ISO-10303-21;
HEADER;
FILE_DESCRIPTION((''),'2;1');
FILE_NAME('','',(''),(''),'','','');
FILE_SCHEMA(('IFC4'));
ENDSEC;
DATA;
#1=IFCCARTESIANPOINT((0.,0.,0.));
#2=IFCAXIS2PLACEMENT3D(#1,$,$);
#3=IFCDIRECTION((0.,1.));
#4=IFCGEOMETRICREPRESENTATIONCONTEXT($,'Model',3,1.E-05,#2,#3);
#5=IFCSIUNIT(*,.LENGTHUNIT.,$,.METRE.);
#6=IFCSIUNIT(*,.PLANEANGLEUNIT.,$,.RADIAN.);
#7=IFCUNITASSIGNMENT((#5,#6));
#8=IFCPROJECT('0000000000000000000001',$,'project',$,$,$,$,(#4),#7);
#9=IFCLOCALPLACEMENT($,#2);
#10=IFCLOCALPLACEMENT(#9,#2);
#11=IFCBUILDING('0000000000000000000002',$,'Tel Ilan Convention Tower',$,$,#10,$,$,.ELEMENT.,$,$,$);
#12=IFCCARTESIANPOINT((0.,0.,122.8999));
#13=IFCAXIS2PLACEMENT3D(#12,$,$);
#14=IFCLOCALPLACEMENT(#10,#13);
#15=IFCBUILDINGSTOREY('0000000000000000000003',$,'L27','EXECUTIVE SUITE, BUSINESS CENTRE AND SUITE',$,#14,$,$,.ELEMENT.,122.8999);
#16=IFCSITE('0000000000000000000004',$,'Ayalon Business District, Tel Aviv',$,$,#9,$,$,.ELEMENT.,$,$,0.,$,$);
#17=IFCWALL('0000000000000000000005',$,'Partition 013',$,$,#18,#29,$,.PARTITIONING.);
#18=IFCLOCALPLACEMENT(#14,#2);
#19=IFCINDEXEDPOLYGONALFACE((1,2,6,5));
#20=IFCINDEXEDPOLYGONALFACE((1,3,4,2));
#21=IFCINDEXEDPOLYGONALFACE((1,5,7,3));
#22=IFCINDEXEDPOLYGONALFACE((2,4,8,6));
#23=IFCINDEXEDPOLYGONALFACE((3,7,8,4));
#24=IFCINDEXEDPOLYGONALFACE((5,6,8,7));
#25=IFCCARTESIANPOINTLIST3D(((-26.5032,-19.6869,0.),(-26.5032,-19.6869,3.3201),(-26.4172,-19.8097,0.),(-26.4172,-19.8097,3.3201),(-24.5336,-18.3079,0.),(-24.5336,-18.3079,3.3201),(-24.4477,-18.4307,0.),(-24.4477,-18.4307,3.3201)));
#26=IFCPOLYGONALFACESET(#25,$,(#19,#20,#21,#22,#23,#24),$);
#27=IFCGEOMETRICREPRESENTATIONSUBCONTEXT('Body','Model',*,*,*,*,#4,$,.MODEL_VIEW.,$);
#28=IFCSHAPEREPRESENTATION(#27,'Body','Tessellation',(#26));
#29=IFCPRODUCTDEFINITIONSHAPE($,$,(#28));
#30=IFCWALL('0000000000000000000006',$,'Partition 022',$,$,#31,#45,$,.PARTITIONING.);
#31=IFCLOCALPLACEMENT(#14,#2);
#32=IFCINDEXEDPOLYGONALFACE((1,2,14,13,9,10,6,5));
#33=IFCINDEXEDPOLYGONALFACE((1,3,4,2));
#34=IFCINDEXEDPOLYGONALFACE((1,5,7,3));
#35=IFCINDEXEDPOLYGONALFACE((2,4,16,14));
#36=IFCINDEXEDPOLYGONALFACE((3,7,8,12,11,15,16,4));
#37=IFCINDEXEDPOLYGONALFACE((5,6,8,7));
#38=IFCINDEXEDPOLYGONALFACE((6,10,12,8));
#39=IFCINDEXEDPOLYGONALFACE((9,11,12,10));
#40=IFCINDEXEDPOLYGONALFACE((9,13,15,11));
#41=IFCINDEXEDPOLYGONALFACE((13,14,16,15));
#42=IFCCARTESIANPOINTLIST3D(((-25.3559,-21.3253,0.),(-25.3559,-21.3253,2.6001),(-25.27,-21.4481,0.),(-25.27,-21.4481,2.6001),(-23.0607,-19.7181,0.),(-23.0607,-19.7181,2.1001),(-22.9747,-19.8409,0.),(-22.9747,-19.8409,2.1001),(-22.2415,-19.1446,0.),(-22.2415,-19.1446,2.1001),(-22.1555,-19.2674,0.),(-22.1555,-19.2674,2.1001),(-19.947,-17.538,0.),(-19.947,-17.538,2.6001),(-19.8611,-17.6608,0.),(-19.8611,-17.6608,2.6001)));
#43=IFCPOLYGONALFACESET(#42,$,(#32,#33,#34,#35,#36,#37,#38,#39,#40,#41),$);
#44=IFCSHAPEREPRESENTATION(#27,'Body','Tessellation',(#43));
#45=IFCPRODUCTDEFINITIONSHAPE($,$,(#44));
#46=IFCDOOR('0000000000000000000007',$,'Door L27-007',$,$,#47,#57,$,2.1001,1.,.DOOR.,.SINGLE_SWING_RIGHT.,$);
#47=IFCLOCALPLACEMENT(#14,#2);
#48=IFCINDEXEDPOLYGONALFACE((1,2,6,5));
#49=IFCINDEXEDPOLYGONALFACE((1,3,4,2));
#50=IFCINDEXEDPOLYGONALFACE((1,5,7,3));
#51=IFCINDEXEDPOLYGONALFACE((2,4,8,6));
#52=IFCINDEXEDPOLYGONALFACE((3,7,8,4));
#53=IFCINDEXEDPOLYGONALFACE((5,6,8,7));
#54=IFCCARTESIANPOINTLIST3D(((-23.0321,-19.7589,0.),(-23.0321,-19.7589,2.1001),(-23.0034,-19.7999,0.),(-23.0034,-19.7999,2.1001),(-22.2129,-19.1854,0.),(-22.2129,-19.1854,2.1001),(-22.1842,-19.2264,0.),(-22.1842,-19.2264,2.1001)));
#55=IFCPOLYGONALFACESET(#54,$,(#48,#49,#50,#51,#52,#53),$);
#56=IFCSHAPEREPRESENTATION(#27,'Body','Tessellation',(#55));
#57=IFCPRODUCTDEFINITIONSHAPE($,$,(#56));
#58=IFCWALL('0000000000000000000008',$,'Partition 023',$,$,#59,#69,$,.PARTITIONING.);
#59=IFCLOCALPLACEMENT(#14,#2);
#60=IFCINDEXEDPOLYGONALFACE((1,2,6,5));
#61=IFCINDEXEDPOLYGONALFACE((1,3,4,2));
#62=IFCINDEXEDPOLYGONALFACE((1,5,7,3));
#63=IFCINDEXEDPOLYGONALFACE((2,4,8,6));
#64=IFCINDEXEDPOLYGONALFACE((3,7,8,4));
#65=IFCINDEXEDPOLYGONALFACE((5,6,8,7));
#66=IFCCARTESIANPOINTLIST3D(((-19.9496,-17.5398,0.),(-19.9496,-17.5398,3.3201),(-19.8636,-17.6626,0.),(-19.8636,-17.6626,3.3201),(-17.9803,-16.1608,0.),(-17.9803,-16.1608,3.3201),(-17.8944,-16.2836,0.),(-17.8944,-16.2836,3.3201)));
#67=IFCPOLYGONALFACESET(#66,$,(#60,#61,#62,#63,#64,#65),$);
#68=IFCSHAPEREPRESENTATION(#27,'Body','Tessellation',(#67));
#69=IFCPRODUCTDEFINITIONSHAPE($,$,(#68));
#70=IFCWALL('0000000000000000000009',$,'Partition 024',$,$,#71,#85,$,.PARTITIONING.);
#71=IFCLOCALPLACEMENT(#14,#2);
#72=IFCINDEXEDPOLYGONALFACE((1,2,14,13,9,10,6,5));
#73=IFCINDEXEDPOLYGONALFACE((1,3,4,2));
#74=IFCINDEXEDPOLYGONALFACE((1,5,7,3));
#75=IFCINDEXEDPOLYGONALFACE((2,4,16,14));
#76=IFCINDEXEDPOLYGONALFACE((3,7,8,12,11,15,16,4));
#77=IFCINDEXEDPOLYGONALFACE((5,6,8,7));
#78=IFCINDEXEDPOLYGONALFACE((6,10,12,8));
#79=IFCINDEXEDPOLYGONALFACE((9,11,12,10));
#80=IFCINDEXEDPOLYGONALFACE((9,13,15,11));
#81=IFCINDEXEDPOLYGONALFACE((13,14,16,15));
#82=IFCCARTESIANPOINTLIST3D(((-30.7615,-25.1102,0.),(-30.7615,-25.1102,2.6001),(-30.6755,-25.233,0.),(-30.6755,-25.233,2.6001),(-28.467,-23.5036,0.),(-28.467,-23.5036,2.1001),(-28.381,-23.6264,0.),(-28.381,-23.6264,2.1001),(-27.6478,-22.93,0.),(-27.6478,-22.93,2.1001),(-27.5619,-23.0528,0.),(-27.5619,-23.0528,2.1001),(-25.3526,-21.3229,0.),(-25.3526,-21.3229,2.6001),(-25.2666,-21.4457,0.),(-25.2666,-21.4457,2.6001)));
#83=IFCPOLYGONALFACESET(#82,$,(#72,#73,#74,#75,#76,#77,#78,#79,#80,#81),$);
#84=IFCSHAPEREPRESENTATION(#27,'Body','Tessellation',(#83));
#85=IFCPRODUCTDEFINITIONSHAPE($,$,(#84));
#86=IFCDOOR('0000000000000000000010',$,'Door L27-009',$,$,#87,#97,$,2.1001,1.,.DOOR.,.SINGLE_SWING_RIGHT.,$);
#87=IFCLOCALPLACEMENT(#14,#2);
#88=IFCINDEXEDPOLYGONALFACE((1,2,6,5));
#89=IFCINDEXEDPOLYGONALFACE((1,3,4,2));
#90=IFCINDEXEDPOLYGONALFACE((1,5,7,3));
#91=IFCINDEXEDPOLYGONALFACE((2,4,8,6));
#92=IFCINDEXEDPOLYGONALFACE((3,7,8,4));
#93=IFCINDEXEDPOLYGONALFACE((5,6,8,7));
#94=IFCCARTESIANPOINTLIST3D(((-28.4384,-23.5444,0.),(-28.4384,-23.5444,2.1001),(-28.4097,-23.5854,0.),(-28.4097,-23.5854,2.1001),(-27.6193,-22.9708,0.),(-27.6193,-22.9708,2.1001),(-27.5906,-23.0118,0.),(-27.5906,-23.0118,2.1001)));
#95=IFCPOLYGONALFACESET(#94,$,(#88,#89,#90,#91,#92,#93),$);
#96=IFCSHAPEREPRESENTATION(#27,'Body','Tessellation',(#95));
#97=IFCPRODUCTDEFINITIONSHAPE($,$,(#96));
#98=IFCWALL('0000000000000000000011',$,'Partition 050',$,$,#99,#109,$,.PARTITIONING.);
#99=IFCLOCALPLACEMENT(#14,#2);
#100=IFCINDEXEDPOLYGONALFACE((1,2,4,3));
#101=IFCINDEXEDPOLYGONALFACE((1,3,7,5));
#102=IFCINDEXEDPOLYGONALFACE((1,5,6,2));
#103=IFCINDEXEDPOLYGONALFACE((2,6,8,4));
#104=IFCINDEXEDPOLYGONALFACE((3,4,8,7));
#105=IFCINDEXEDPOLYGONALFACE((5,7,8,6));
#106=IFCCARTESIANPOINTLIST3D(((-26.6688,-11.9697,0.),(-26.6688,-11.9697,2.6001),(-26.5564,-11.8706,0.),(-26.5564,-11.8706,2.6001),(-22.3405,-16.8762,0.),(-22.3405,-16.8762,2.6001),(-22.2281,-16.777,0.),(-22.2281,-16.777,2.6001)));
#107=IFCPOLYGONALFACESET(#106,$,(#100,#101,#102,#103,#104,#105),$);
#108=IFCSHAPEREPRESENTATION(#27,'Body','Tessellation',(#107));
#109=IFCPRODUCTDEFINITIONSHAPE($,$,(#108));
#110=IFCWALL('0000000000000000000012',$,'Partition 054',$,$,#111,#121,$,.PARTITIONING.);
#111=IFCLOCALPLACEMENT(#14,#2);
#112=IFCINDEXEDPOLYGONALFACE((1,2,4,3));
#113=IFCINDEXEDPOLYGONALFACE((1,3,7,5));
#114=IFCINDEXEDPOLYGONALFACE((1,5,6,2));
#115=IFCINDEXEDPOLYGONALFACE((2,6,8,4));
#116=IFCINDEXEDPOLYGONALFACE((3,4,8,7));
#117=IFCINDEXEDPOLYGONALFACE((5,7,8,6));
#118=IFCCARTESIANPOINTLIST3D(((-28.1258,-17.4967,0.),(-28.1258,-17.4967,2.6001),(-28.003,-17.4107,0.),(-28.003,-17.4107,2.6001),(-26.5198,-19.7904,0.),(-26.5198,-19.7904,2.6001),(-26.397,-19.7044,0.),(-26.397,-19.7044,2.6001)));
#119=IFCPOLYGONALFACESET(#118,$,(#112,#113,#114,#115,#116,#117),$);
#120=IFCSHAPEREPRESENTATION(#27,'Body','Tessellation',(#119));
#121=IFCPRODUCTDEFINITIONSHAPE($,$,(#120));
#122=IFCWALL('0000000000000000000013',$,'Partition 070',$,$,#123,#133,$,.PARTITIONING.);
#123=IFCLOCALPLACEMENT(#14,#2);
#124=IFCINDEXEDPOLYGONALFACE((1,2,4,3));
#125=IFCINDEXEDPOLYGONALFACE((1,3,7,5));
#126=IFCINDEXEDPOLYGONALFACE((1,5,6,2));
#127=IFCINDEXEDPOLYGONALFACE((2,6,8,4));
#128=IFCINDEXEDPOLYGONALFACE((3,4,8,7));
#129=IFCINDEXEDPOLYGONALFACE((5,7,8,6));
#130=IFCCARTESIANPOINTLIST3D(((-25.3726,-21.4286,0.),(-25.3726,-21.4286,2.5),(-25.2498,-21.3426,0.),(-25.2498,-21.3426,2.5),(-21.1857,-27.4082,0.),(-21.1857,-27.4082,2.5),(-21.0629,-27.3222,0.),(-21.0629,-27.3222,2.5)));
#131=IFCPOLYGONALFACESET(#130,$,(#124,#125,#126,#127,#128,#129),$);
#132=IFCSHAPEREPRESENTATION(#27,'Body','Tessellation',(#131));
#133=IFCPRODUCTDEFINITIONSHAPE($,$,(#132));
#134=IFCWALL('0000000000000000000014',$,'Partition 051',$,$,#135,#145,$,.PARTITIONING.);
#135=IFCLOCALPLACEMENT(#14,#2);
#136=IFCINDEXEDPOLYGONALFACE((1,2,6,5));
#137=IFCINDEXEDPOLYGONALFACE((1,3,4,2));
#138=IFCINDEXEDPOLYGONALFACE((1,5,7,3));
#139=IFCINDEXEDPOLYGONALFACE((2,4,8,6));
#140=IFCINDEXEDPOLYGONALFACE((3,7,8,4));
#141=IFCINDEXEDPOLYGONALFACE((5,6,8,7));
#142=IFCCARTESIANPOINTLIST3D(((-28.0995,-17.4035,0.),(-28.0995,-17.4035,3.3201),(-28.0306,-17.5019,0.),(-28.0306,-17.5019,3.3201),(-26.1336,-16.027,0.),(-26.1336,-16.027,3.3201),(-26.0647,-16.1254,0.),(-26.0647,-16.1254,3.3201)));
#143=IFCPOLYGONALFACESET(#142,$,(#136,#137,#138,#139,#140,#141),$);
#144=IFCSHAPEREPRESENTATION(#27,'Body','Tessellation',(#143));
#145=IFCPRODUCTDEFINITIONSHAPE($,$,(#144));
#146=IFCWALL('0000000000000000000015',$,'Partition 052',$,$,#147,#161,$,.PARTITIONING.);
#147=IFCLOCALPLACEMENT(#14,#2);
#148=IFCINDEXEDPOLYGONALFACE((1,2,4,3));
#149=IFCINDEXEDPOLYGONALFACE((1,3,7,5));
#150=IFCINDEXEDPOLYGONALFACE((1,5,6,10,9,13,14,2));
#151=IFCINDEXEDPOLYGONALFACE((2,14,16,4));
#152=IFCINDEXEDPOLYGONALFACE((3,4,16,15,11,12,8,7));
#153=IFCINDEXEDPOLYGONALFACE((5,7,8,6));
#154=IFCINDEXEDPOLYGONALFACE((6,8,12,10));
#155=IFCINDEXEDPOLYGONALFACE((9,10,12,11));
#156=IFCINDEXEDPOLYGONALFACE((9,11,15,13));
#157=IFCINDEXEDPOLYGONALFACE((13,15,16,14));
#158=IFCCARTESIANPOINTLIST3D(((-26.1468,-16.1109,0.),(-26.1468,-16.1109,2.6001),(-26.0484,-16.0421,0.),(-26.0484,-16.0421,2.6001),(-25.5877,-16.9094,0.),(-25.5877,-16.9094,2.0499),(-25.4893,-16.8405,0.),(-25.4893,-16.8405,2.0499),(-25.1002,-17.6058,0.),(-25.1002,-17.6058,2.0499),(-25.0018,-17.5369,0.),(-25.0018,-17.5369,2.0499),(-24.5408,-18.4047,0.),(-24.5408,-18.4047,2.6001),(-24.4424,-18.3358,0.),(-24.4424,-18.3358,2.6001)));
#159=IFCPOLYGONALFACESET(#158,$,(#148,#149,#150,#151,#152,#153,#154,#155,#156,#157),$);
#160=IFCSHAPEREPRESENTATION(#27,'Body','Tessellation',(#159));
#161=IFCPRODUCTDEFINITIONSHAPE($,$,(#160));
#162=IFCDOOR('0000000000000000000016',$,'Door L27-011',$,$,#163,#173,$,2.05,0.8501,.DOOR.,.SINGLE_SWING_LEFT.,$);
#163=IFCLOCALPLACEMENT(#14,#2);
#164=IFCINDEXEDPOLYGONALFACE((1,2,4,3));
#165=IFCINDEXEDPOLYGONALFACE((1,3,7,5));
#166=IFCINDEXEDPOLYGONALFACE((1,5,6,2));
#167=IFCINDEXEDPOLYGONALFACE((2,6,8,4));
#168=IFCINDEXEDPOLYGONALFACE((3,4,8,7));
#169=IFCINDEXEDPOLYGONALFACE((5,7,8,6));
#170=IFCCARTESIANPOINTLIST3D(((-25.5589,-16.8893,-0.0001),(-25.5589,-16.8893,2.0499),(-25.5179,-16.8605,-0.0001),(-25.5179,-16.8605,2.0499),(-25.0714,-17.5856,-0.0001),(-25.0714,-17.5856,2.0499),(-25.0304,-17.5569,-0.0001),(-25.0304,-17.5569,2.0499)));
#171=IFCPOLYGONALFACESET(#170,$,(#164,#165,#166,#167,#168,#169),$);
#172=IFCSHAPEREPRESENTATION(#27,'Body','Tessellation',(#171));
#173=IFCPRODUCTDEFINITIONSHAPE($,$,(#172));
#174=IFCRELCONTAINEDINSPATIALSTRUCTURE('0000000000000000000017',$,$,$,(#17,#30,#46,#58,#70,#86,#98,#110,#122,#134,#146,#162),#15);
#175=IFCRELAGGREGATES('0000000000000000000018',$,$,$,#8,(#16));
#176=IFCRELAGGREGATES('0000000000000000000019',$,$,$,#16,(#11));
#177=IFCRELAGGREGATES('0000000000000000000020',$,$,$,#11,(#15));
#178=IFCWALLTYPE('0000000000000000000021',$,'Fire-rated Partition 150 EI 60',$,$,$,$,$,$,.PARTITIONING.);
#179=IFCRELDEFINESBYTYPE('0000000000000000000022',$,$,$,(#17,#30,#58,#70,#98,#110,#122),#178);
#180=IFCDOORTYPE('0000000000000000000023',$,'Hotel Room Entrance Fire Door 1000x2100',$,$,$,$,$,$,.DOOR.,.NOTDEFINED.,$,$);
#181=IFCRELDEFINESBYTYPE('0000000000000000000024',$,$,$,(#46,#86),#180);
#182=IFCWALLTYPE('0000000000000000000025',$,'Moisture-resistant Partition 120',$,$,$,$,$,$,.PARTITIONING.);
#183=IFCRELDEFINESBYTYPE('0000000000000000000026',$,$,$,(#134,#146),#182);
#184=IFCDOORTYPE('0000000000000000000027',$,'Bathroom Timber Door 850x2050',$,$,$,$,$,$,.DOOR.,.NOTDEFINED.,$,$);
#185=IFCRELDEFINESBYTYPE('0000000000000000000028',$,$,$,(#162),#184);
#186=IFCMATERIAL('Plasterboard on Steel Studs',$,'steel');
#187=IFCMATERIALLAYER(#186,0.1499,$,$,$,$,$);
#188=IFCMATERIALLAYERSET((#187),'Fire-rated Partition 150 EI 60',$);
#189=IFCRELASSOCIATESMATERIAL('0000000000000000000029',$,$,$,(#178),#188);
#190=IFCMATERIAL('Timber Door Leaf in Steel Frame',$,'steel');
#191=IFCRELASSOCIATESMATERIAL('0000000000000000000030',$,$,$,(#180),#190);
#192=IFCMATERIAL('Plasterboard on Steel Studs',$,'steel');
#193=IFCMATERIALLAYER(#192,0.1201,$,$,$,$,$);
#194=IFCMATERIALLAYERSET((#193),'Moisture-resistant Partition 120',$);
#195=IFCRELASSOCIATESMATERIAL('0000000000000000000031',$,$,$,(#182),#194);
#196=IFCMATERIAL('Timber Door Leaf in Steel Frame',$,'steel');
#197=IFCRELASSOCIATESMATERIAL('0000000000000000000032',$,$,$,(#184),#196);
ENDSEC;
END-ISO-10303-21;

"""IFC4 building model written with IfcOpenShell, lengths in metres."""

from ifc_helpers import new_model, si_unit, direction, frame, frame_2d, origin, place, context, subcontext, project, spatial, rectangle, extrude, material, layer, layer_set, type_object, element, fill, save


model = new_model("IFC4")

# Units and contexts
model_context = context("Model", 3, precision=1e-05, world=origin(), true_north=direction((0.0, 1.0)))
body_context = subcontext(model_context, "Body", "Model", "MODEL_VIEW")
ifc_project = project(units=[si_unit("LENGTHUNIT", "METRE"), si_unit("PLANEANGLEUNIT", "RADIAN")], contexts=[model_context])

# Site, building, storey
site_placement = place(None, origin())
site = spatial("IfcSite", under=ifc_project, at=site_placement, Name="Ayalon Business District, Tel Aviv", CompositionType="ELEMENT", RefElevation=0.0)
building_placement = place(site_placement, origin())
building = spatial("IfcBuilding", under=site, at=building_placement, Name="Tel Ilan Convention Tower", CompositionType="ELEMENT")
storey_placement = place(building_placement, frame((0.0, 0.0, 122.8999)))
storey = spatial("IfcBuildingStorey", under=building, at=storey_placement, Name="L27", Description="EXECUTIVE SUITE, BUSINESS CENTRE AND SUITE", CompositionType="ELEMENT", Elevation=122.8999)

# Shared definitions
ifc_material_1 = material(Name="Plasterboard on Steel Studs", Category="steel")
ifc_layer_1 = layer(ifc_material_1, 0.1499)
ifc_layer_set_1 = layer_set([ifc_layer_1], Name="Fire-rated Partition 150 EI 60")
wall_type_1 = type_object("IfcWallType", Name="Fire-rated Partition 150 EI 60", PredefinedType="PARTITIONING", material=ifc_layer_set_1)
ifc_material_2 = material(Name="Timber Door Leaf in Steel Frame", Category="steel")
door_type_1 = type_object("IfcDoorType", Name="Hotel Room Entrance Fire Door 1000x2100", OperationType="NOTDEFINED", PredefinedType="DOOR", material=ifc_material_2)

# Wall
wall_1_placement = place(storey_placement, frame((-26.4602, -19.7483, 0.0), z_axis=(0.0, 0.0, 1.0), x_axis=(0.819179, 0.573537, 0.0)))
element("IfcWall", 1, at=wall_1_placement, inside=storey, type_object=wall_type_1, Name="Partition 013", PredefinedType="PARTITIONING", context=body_context, shape_type="SweptSolid", body=[
    extrude(rectangle(XDim=2.4043, YDim=0.1499, at=frame_2d((1.2021, 0.0))), origin(), (0.0, 0.0, 1.0), 3.3201),
])

# Wall, opening, door
wall_2_placement = place(storey_placement, frame((-19.9041, -17.5994, 0.0), z_axis=(0.0, 0.0, 1.0), x_axis=(-0.819154, -0.573574, 0.0)))
wall_2 = element("IfcWall", 2, at=wall_2_placement, inside=storey, type_object=wall_type_1, Name="Partition 022", PredefinedType="PARTITIONING", context=body_context, shape_type="SweptSolid", body=[
    extrude(rectangle(XDim=6.603, YDim=0.1499, at=frame_2d((3.3015, 0.0))), origin(), (0.0, 0.0, 1.0), 2.6001),
])
opening_1_placement = place(wall_2_placement, frame((2.801, 0.0, 0.0)))
opening_1 = element("IfcOpeningElement", 3, at=opening_1_placement, cuts=wall_2, PredefinedType="OPENING", context=body_context, shape_type="SweptSolid", body=[
    extrude(rectangle(XDim=1.0, YDim=2.1001, at=frame_2d((0.5, 1.05))), frame((0.0, 0.085, 0.0), z_axis=(0.0, -1.0, 0.0), x_axis=(1.0, 0.0, 0.0)), (0.0, 0.0, 1.0), 0.1699),
])
door_1_placement = place(opening_1_placement, origin())
door_1 = element("IfcDoor", 4, at=door_1_placement, inside=storey, type_object=door_type_1, Name="Door L27-007", OperationType="SINGLE_SWING_RIGHT", OverallHeight=2.1001, OverallWidth=1.0, PredefinedType="DOOR", context=body_context, shape_type="SweptSolid", body=[
    extrude(rectangle(XDim=1.0, YDim=2.1001, at=frame_2d((0.5, 1.05))), frame((0.0, 0.0249, 0.0), z_axis=(0.0, -1.0, 0.0), x_axis=(1.0, 0.0, 0.0)), (0.0, 0.0, 1.0), 0.05),
])
fill(opening_1, door_1)

# Wall
wall_3_placement = place(storey_placement, frame((-17.9373, -16.2222, 0.0), z_axis=(0.0, 0.0, 1.0), x_axis=(-0.819146, -0.573585, 0.0)))
element("IfcWall", 5, at=wall_3_placement, inside=storey, type_object=wall_type_1, Name="Partition 023", PredefinedType="PARTITIONING", context=body_context, shape_type="SweptSolid", body=[
    extrude(rectangle(XDim=2.4041, YDim=0.1499, at=frame_2d((1.2021, 0.0))), origin(), (0.0, 0.0, 1.0), 3.3201),
])

# Wall, opening, door
wall_4_placement = place(storey_placement, frame((-25.3096, -21.3843, 0.0), z_axis=(0.0, 0.0, 1.0), x_axis=(-0.819154, -0.573574, 0.0)))
wall_4 = element("IfcWall", 6, at=wall_4_placement, inside=storey, type_object=wall_type_1, Name="Partition 024", PredefinedType="PARTITIONING", context=body_context, shape_type="SweptSolid", body=[
    extrude(rectangle(XDim=6.603, YDim=0.1499, at=frame_2d((3.3015, 0.0))), origin(), (0.0, 0.0, 1.0), 2.6001),
])
opening_2_placement = place(wall_4_placement, frame((2.802, 0.0, 0.0)))
opening_2 = element("IfcOpeningElement", 7, at=opening_2_placement, cuts=wall_4, PredefinedType="OPENING", context=body_context, shape_type="SweptSolid", body=[
    extrude(rectangle(XDim=1.0, YDim=2.1001, at=frame_2d((0.5, 1.05))), frame((0.0, 0.085, 0.0), z_axis=(0.0, -1.0, 0.0), x_axis=(1.0, 0.0, 0.0)), (0.0, 0.0, 1.0), 0.1699),
])
door_2_placement = place(opening_2_placement, origin())
door_2 = element("IfcDoor", 8, at=door_2_placement, inside=storey, type_object=door_type_1, Name="Door L27-009", OperationType="SINGLE_SWING_RIGHT", OverallHeight=2.1001, OverallWidth=1.0, PredefinedType="DOOR", context=body_context, shape_type="SweptSolid", body=[
    extrude(rectangle(XDim=1.0, YDim=2.1001, at=frame_2d((0.5, 1.05))), frame((0.0, 0.0249, 0.0), z_axis=(0.0, -1.0, 0.0), x_axis=(1.0, 0.0, 0.0)), (0.0, 0.0, 1.0), 0.05),
])
fill(opening_2, door_2)

# Walls
wall_5_placement = place(storey_placement, frame((-22.2842, -16.8267, 0.0), z_axis=(0.0, 0.0, 1.0), x_axis=(-0.661545, 0.749905, 0.0)))
element("IfcWall", 9, at=wall_5_placement, inside=storey, type_object=wall_type_1, Name="Partition 050", PredefinedType="PARTITIONING", context=body_context, shape_type="SweptSolid", body=[
    extrude(rectangle(XDim=6.5427, YDim=0.1499, at=frame_2d((3.2715, 0.0))), origin(), (0.0, 0.0, 1.0), 2.6001),
])
wall_6_placement = place(storey_placement, frame((-26.4585, -19.7473, 0.0), z_axis=(0.0, 0.0, 1.0), x_axis=(-0.57355, 0.81917, 0.0)))
element("IfcWall", 10, at=wall_6_placement, inside=storey, type_object=wall_type_1, Name="Partition 054", PredefinedType="PARTITIONING", context=body_context, shape_type="SweptSolid", body=[
    extrude(rectangle(XDim=2.8, YDim=0.1499, at=frame_2d((1.3999, 0.0))), origin(), (0.0, 0.0, 1.0), 2.6001),
])
wall_7_placement = place(storey_placement, frame((-21.1243, -27.3652, 0.0), z_axis=(0.0, 0.0, 1.0), x_axis=(-0.573572, 0.819155, 0.0)))
element("IfcWall", 11, at=wall_7_placement, inside=storey, type_object=wall_type_1, Name="Partition 070", PredefinedType="PARTITIONING", context=body_context, shape_type="SweptSolid", body=[
    extrude(rectangle(XDim=7.2998, YDim=0.1499, at=frame_2d((3.6499, 0.0))), origin(), (0.0, 0.0, 1.0), 2.5),
])
ifc_material_3 = material(Name="Plasterboard on Steel Studs", Category="steel")
ifc_layer_2 = layer(ifc_material_3, 0.1201)
ifc_layer_set_2 = layer_set([ifc_layer_2], Name="Moisture-resistant Partition 120")
wall_type_2 = type_object("IfcWallType", Name="Moisture-resistant Partition 120", PredefinedType="PARTITIONING", material=ifc_layer_set_2)
wall_8_placement = place(storey_placement, frame((-26.0991, -16.0762, 0.0), z_axis=(0.0, 0.0, 1.0), x_axis=(-0.819155, -0.573572, 0.0)))
element("IfcWall", 12, at=wall_8_placement, inside=storey, type_object=wall_type_2, Name="Partition 051", PredefinedType="PARTITIONING", context=body_context, shape_type="SweptSolid", body=[
    extrude(rectangle(XDim=2.3999, YDim=0.1201, at=frame_2d((1.2, 0.0))), origin(), (0.0, 0.0, 1.0), 3.3201),
])

# Wall, opening, door
wall_9_placement = place(storey_placement, frame((-24.4917, -18.3701, 0.0), z_axis=(0.0, 0.0, 1.0), x_axis=(-0.57355, 0.81917, 0.0)))
wall_9 = element("IfcWall", 13, at=wall_9_placement, inside=storey, type_object=wall_type_2, Name="Partition 052", PredefinedType="PARTITIONING", context=body_context, shape_type="SweptSolid", body=[
    extrude(rectangle(XDim=2.8, YDim=0.1201, at=frame_2d((1.3999, 0.0))), origin(), (0.0, 0.0, 1.0), 2.6001),
])
opening_3_placement = place(wall_9_placement, frame((0.9751, 0.0, 0.0)))
opening_3 = element("IfcOpeningElement", 14, at=opening_3_placement, cuts=wall_9, PredefinedType="OPENING", context=body_context, shape_type="SweptSolid", body=[
    extrude(rectangle(XDim=0.8501, YDim=2.05, at=frame_2d((0.425, 1.0249))), frame((0.0, 0.0701, 0.0), z_axis=(0.0, -1.0, 0.0), x_axis=(1.0, 0.0, 0.0)), (0.0, 0.0, 1.0), 0.1401),
])
ifc_material_4 = material(Name="Timber Door Leaf in Steel Frame", Category="steel")
door_type_2 = type_object("IfcDoorType", Name="Bathroom Timber Door 850x2050", OperationType="NOTDEFINED", PredefinedType="DOOR", material=ifc_material_4)
door_3_placement = place(opening_3_placement, origin())
door_3 = element("IfcDoor", 15, at=door_3_placement, inside=storey, type_object=door_type_2, Name="Door L27-011", OperationType="SINGLE_SWING_LEFT", OverallHeight=2.05, OverallWidth=0.8501, PredefinedType="DOOR", context=body_context, shape_type="SweptSolid", body=[
    extrude(rectangle(XDim=0.8501, YDim=2.05, at=frame_2d((0.425, 1.0249))), frame((0.0, 0.0249, 0.0), z_axis=(0.0, -1.0, 0.0), x_axis=(1.0, 0.0, 0.0)), (0.0, 0.0, 1.0), 0.05),
])
fill(opening_3, door_3)

save(model, "model.ifc")
